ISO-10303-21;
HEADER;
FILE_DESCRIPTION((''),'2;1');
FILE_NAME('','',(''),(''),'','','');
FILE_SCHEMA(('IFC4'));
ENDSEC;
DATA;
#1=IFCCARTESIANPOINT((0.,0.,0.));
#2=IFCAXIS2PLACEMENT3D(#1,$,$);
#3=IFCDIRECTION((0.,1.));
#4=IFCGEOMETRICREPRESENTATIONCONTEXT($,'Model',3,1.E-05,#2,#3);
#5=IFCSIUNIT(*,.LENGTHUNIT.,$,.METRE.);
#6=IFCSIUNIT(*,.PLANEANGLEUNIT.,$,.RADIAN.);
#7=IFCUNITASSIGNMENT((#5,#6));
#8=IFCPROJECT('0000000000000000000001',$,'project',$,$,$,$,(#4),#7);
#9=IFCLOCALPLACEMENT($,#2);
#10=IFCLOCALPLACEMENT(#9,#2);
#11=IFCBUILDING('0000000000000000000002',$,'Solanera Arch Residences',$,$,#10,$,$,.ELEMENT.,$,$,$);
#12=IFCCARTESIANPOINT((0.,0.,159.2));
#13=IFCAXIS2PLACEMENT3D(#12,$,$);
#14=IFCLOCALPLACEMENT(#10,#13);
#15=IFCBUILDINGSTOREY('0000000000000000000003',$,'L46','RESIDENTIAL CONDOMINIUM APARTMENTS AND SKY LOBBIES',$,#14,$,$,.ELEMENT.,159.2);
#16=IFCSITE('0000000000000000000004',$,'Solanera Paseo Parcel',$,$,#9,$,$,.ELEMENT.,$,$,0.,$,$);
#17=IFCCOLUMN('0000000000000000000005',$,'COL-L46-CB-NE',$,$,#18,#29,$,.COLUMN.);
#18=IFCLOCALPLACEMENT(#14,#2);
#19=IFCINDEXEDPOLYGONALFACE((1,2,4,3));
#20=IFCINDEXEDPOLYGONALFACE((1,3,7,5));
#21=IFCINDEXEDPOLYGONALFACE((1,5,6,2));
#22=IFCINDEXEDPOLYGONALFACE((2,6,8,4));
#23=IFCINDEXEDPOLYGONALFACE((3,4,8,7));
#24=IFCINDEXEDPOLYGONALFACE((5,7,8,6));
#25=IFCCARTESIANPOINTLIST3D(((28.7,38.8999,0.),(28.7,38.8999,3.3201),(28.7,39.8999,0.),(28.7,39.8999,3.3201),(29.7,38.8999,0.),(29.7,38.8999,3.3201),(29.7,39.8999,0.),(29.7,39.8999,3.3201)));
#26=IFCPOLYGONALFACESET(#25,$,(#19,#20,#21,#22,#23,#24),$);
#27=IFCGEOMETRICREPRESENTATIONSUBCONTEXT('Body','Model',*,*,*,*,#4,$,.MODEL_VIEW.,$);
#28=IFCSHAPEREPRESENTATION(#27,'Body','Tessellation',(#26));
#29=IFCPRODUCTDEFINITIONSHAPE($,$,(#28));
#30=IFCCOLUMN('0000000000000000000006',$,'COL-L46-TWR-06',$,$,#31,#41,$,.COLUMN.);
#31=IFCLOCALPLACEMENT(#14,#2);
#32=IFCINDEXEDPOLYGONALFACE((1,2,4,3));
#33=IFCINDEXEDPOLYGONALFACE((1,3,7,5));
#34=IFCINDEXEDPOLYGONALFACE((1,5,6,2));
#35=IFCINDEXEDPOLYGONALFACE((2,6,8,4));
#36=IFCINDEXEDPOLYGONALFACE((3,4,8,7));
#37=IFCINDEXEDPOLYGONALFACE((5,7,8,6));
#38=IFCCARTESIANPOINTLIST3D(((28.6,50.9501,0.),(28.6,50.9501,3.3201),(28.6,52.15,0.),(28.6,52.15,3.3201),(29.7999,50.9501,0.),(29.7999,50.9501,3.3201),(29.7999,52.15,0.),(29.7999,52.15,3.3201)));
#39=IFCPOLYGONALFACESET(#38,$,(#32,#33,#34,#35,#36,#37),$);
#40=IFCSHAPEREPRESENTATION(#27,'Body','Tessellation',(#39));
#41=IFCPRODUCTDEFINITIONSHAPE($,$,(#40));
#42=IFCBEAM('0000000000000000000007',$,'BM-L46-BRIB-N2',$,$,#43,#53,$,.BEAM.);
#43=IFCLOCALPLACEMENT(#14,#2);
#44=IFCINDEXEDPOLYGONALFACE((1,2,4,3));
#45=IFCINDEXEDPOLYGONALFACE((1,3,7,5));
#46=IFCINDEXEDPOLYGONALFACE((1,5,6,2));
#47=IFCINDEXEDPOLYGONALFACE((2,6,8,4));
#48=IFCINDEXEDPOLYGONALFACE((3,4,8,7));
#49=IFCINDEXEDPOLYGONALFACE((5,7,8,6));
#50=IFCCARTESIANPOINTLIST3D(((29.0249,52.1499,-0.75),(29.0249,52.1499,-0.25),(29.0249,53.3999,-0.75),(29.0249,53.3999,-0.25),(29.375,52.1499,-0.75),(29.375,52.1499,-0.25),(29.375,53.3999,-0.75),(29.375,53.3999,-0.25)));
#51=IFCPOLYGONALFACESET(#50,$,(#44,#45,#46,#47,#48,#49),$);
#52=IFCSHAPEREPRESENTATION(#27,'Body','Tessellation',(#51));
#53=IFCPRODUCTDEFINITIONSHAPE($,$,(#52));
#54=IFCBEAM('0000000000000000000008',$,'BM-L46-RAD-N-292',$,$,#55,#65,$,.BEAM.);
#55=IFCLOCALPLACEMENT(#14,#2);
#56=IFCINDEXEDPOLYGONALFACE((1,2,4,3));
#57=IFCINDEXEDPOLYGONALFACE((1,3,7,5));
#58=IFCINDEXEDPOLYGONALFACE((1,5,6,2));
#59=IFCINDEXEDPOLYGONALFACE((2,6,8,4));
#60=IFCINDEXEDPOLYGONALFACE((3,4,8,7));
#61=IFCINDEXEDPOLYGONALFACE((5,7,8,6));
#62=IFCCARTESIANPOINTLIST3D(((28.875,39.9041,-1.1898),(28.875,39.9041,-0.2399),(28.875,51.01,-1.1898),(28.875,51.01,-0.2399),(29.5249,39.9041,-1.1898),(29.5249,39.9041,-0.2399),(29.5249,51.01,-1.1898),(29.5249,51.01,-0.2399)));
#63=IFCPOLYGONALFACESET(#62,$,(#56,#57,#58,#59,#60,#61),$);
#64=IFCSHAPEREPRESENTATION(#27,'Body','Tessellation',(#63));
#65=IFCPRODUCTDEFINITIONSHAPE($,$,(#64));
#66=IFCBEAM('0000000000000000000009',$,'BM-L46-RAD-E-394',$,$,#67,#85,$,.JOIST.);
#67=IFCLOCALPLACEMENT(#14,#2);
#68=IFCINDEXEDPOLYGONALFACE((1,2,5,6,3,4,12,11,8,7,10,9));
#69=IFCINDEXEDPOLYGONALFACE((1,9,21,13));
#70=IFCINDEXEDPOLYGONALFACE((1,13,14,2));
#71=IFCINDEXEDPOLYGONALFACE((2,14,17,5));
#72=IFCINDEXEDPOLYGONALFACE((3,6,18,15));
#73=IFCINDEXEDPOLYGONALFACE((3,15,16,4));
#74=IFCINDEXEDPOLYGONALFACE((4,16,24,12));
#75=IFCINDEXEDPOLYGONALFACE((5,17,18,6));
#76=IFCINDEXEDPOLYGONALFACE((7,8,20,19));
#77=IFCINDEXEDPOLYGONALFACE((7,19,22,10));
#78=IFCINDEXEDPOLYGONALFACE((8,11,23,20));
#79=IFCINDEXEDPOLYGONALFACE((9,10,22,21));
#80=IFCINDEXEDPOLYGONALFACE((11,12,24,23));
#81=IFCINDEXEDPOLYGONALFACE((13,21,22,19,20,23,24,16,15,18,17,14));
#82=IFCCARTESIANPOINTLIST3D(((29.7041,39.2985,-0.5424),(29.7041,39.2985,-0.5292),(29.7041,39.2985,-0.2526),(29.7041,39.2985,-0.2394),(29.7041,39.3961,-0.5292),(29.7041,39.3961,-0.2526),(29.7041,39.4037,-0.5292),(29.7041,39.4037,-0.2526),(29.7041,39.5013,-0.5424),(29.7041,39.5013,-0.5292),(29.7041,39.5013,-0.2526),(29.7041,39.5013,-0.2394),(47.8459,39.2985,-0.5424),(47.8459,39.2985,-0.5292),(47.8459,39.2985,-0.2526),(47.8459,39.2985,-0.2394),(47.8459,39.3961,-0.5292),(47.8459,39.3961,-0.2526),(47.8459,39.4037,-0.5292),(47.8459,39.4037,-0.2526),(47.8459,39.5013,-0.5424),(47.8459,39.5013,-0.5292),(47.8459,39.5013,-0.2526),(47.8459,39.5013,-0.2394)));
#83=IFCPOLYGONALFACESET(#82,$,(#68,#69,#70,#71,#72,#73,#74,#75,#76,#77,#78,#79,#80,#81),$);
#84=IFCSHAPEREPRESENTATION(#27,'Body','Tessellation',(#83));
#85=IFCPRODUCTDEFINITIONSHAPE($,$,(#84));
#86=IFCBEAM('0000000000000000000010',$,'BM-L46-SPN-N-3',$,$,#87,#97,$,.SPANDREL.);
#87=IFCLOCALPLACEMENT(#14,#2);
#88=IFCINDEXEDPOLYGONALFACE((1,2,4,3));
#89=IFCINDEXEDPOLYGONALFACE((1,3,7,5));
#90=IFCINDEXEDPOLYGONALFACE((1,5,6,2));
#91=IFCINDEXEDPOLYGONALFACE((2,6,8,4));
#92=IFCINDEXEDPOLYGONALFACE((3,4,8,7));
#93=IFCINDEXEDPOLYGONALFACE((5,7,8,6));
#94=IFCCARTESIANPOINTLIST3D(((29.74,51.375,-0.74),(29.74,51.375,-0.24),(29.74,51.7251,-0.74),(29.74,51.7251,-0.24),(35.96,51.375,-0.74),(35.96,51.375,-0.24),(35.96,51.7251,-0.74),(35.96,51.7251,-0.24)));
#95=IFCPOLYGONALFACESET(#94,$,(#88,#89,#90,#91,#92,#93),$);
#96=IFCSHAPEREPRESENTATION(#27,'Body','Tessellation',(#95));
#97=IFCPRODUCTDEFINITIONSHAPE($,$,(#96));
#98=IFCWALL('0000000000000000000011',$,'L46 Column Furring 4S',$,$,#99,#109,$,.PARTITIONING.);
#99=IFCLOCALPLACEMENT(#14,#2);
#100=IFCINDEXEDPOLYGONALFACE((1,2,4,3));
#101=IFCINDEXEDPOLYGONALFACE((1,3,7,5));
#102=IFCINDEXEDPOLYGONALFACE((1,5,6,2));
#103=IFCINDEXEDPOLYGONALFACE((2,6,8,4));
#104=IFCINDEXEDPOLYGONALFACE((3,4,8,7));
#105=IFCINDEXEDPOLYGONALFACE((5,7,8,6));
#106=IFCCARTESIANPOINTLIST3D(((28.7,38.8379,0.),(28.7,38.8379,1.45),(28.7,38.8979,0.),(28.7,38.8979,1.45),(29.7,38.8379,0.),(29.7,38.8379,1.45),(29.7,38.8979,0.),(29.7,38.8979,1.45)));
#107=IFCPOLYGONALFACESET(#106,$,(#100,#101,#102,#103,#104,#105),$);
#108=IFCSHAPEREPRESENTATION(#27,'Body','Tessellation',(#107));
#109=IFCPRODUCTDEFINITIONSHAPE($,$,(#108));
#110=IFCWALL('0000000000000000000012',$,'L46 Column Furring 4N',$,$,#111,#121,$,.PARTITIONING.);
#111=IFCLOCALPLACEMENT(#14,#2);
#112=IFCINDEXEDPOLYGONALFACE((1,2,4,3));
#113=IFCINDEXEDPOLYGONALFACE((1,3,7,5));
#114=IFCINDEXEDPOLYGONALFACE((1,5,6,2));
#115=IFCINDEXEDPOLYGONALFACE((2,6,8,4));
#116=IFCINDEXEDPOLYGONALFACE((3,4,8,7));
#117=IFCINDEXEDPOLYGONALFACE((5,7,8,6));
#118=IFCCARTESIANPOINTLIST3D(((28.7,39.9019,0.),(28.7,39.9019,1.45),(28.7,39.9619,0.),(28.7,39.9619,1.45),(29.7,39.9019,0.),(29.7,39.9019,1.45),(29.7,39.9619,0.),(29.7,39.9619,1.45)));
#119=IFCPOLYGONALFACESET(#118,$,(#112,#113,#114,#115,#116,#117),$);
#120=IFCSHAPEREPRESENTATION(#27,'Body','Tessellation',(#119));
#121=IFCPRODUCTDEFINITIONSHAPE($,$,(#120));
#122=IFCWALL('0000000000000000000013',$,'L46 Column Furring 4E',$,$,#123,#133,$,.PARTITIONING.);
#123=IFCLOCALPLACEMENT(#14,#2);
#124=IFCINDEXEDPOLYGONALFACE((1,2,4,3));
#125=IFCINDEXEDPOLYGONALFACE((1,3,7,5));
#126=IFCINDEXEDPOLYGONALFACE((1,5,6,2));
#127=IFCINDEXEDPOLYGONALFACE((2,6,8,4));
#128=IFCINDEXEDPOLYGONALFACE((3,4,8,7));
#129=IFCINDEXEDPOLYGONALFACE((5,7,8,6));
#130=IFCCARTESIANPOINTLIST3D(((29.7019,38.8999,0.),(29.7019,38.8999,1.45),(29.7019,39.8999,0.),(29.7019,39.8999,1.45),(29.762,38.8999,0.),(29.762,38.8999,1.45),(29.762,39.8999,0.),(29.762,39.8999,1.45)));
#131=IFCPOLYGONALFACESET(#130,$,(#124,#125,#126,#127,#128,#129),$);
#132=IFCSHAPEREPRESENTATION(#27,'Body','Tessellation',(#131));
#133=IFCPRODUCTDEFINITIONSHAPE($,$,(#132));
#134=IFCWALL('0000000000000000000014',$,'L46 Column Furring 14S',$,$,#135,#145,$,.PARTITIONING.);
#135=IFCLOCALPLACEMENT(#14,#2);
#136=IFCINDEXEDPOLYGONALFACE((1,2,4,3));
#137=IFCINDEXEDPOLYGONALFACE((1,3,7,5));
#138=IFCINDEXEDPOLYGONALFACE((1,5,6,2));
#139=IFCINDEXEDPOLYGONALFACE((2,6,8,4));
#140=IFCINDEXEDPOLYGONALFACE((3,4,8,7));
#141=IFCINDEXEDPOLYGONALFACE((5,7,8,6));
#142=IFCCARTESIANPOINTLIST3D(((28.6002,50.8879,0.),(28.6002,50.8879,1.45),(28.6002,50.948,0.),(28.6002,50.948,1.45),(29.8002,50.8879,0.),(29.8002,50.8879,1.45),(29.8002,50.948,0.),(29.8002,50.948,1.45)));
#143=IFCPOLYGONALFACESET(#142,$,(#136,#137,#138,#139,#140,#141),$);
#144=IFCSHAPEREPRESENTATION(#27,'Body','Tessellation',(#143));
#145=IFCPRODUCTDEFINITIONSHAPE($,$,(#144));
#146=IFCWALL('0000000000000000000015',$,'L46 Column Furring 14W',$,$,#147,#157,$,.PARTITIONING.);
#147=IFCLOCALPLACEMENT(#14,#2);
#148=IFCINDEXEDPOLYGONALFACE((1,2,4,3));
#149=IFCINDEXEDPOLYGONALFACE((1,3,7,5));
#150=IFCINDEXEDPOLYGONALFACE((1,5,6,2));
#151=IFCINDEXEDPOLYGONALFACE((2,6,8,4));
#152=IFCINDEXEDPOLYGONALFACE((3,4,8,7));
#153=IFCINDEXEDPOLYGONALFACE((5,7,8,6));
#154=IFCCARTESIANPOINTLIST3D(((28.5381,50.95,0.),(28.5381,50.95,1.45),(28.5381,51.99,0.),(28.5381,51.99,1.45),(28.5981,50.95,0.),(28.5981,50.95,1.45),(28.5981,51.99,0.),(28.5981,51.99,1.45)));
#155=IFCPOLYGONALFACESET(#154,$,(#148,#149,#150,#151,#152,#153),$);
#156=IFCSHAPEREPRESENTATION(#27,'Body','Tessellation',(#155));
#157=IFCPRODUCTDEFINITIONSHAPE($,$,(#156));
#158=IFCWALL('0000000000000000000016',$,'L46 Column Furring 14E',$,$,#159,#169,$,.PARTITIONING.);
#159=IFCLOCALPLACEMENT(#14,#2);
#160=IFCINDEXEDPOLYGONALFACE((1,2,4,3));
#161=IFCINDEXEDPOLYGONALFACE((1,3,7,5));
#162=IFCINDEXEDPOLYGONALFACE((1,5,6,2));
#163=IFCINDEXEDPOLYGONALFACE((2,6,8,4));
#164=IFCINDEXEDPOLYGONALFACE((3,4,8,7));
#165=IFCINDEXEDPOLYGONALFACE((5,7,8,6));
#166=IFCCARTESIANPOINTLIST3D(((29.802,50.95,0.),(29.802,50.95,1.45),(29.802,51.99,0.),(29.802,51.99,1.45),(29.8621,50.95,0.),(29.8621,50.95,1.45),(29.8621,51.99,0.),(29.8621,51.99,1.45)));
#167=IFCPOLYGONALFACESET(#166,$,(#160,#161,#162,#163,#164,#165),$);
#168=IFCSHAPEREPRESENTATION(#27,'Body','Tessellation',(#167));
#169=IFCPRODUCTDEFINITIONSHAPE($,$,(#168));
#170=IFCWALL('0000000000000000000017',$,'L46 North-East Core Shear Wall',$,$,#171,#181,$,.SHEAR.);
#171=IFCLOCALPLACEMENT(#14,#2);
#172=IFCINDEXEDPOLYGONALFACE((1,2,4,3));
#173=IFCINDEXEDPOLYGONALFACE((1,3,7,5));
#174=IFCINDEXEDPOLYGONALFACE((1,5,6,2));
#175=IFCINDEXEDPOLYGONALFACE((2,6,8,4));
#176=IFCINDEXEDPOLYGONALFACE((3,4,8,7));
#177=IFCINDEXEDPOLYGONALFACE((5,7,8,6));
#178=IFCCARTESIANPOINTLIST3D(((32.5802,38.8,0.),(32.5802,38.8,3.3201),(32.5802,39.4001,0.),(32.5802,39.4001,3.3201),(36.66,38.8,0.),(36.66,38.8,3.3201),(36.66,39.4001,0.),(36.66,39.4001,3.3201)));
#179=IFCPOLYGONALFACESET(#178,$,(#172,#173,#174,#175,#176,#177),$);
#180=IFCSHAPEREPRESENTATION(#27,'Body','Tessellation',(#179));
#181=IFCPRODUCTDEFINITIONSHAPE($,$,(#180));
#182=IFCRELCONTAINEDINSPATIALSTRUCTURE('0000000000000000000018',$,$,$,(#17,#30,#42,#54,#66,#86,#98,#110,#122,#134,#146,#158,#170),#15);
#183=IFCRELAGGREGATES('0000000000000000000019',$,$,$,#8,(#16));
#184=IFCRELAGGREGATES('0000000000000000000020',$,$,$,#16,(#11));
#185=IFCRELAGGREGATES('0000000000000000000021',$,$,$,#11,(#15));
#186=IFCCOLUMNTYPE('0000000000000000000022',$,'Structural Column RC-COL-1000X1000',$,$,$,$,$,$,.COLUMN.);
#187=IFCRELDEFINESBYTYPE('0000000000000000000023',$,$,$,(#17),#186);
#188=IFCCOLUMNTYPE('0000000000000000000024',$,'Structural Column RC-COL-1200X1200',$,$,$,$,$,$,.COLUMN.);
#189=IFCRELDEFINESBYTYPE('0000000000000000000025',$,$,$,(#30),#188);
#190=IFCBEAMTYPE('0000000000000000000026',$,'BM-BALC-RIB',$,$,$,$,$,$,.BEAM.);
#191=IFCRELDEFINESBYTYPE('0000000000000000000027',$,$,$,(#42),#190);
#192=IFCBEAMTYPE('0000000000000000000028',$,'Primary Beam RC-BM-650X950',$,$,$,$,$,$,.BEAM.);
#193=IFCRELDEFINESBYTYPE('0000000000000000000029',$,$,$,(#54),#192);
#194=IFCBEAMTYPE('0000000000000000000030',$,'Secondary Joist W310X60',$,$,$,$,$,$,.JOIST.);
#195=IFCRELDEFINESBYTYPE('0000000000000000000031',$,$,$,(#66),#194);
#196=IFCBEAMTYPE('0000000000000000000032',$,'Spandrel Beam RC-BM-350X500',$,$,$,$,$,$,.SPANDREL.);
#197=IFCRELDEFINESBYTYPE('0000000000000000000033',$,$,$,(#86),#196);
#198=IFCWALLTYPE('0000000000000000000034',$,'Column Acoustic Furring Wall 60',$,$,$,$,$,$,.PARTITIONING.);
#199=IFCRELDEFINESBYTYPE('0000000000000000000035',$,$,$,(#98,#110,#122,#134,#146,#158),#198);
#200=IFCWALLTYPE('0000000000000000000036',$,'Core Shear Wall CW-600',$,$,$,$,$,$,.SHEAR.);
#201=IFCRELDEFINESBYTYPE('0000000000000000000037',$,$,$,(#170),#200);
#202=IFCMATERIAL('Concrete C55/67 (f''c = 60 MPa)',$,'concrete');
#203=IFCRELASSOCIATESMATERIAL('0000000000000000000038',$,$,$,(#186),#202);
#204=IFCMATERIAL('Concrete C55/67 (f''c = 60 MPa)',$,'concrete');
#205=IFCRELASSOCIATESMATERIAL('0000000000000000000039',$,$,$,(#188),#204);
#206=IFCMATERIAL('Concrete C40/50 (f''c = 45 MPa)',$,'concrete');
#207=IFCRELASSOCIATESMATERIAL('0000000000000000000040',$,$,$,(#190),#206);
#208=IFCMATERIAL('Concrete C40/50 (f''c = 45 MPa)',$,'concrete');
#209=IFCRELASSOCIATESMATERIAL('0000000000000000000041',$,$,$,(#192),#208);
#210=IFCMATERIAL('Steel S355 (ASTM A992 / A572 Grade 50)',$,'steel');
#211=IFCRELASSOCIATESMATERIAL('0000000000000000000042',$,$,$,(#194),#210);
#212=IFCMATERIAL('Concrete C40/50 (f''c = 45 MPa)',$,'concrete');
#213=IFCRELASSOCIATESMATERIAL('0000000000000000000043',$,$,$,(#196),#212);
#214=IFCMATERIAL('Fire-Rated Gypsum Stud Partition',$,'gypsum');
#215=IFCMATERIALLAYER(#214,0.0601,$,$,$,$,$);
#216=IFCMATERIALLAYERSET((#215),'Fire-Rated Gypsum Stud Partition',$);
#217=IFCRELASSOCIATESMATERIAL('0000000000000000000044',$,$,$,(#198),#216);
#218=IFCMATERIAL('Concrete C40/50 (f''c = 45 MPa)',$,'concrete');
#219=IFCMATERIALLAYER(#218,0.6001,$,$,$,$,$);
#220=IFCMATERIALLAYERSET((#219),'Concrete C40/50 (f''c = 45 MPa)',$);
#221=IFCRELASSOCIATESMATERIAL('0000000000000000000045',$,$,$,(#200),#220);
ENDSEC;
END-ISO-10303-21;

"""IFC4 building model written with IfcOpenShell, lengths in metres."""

from ifc_helpers import new_model, si_unit, direction, frame, frame_2d, origin, origin_2d, place, context, subcontext, project, spatial, rectangle, i_section, extrude, material, layer, layer_set, material_profile, profile_set, type_object, element, save


model = new_model("IFC4")

# Units and contexts
model_context = context("Model", 3, precision=1e-05, world=origin(), true_north=direction((0.0, 1.0)))
body_context = subcontext(model_context, "Body", "Model", "MODEL_VIEW")
ifc_project = project(units=[si_unit("LENGTHUNIT", "METRE"), si_unit("PLANEANGLEUNIT", "RADIAN")], contexts=[model_context])

# Site, building, storey
site_placement = place(None, origin())
site = spatial("IfcSite", under=ifc_project, at=site_placement, Name="Solanera Paseo Parcel", CompositionType="ELEMENT", RefElevation=0.0)
building_placement = place(site_placement, origin())
building = spatial("IfcBuilding", under=site, at=building_placement, Name="Solanera Arch Residences", CompositionType="ELEMENT")
storey_placement = place(building_placement, frame((0.0, 0.0, 159.2)))
storey = spatial("IfcBuildingStorey", under=building, at=storey_placement, Name="L46", Description="RESIDENTIAL CONDOMINIUM APARTMENTS AND SKY LOBBIES", CompositionType="ELEMENT", Elevation=159.2)

# Columns
ifc_material_1 = material(Name="Concrete C55/67 (f'c = 60 MPa)", Category="concrete")
ifc_material_profile_1 = material_profile(ifc_material_1, rectangle(XDim=1.0, YDim=1.0, at=origin_2d()))
ifc_profile_set_1 = profile_set([ifc_material_profile_1], Name="Concrete C55/67 (f'c = 60 MPa)")
column_type_1 = type_object("IfcColumnType", Name="Structural Column RC-COL-1000X1000", PredefinedType="COLUMN", material=ifc_profile_set_1)
column_1_placement = place(storey_placement, frame((29.2, 39.3999, 0.0), z_axis=(0.0, 0.0, 1.0), x_axis=(1.0, 0.0, 0.0)))
element("IfcColumn", 1, at=column_1_placement, inside=storey, type_object=column_type_1, Name="COL-L46-CB-NE", PredefinedType="COLUMN", context=body_context, shape_type="SweptSolid", body=[
    extrude(rectangle(XDim=1.0, YDim=1.0, at=origin_2d()), origin(), (0.0, 0.0, 1.0), 3.3201),
])
ifc_material_2 = material(Name="Concrete C55/67 (f'c = 60 MPa)", Category="concrete")
ifc_material_profile_2 = material_profile(ifc_material_2, rectangle(XDim=1.2, YDim=1.2, at=origin_2d()))
ifc_profile_set_2 = profile_set([ifc_material_profile_2], Name="Concrete C55/67 (f'c = 60 MPa)")
column_type_2 = type_object("IfcColumnType", Name="Structural Column RC-COL-1200X1200", PredefinedType="COLUMN", material=ifc_profile_set_2)
column_2_placement = place(storey_placement, frame((29.2, 51.55, 0.0), z_axis=(0.0, 0.0, 1.0), x_axis=(1.0, 0.0, 0.0)))
element("IfcColumn", 2, at=column_2_placement, inside=storey, type_object=column_type_2, Name="COL-L46-TWR-06", PredefinedType="COLUMN", context=body_context, shape_type="SweptSolid", body=[
    extrude(rectangle(XDim=1.2, YDim=1.2, at=origin_2d()), origin(), (0.0, 0.0, 1.0), 3.3201),
])

# Beams
ifc_material_3 = material(Name="Concrete C40/50 (f'c = 45 MPa)", Category="concrete")
ifc_material_profile_3 = material_profile(ifc_material_3, rectangle(XDim=0.3501, YDim=0.5, at=origin_2d()))
ifc_profile_set_3 = profile_set([ifc_material_profile_3], Name="Concrete C40/50 (f'c = 45 MPa)")
beam_type_1 = type_object("IfcBeamType", Name="BM-BALC-RIB", PredefinedType="BEAM", material=ifc_profile_set_3)
beam_1_placement = place(storey_placement, frame((29.2, 52.1499, -0.5), z_axis=(0.0, 1.0, 0.0), x_axis=(-1.0, 0.0, 0.0)))
element("IfcBeam", 3, at=beam_1_placement, inside=storey, type_object=beam_type_1, Name="BM-L46-BRIB-N2", PredefinedType="BEAM", context=body_context, shape_type="SweptSolid", body=[
    extrude(rectangle(XDim=0.3501, YDim=0.5, at=origin_2d()), origin(), (0.0, 0.0, 1.0), 1.25),
])
ifc_material_4 = material(Name="Concrete C40/50 (f'c = 45 MPa)", Category="concrete")
ifc_material_profile_4 = material_profile(ifc_material_4, rectangle(XDim=0.6499, YDim=0.95, at=origin_2d()))
ifc_profile_set_4 = profile_set([ifc_material_profile_4], Name="Concrete C40/50 (f'c = 45 MPa)")
beam_type_2 = type_object("IfcBeamType", Name="Primary Beam RC-BM-650X950", PredefinedType="BEAM", material=ifc_profile_set_4)
beam_2_placement = place(storey_placement, frame((29.2, 39.9041, -0.7148), z_axis=(0.0, 1.0, 0.0), x_axis=(-1.0, 0.0, 0.0)))
element("IfcBeam", 4, at=beam_2_placement, inside=storey, type_object=beam_type_2, Name="BM-L46-RAD-N-292", PredefinedType="BEAM", context=body_context, shape_type="SweptSolid", body=[
    extrude(rectangle(XDim=0.6499, YDim=0.95, at=origin_2d()), origin(), (0.0, 0.0, 1.0), 11.106),
])
ifc_material_5 = material(Name="Steel S355 (ASTM A992 / A572 Grade 50)", Category="steel")
ifc_material_profile_5 = material_profile(ifc_material_5, i_section(OverallWidth=0.2029, OverallDepth=0.303, WebThickness=0.0076, FlangeThickness=0.0132, at=origin_2d()))
ifc_profile_set_5 = profile_set([ifc_material_profile_5], Name="Steel S355 (ASTM A992 / A572 Grade 50)")
beam_type_3 = type_object("IfcBeamType", Name="Secondary Joist W310X60", PredefinedType="JOIST", material=ifc_profile_set_5)
beam_3_placement = place(storey_placement, frame((29.7041, 39.3999, -0.3909), z_axis=(1.0, 0.0, 0.0), x_axis=(0.0, 1.0, 0.0)))
element("IfcBeam", 5, at=beam_3_placement, inside=storey, type_object=beam_type_3, Name="BM-L46-RAD-E-394", PredefinedType="JOIST", context=body_context, shape_type="SweptSolid", body=[
    extrude(i_section(OverallWidth=0.2029, OverallDepth=0.303, WebThickness=0.0076, FlangeThickness=0.0132, at=origin_2d()), origin(), (0.0, 0.0, 1.0), 18.1418),
])
ifc_material_6 = material(Name="Concrete C40/50 (f'c = 45 MPa)", Category="concrete")
ifc_material_profile_6 = material_profile(ifc_material_6, rectangle(XDim=0.3501, YDim=0.5, at=origin_2d()))
ifc_profile_set_6 = profile_set([ifc_material_profile_6], Name="Concrete C40/50 (f'c = 45 MPa)")
beam_type_4 = type_object("IfcBeamType", Name="Spandrel Beam RC-BM-350X500", PredefinedType="SPANDREL", material=ifc_profile_set_6)
beam_4_placement = place(storey_placement, frame((29.74, 51.55, -0.49), z_axis=(1.0, 0.0, 0.0), x_axis=(0.0, 1.0, 0.0)))
element("IfcBeam", 6, at=beam_4_placement, inside=storey, type_object=beam_type_4, Name="BM-L46-SPN-N-3", PredefinedType="SPANDREL", context=body_context, shape_type="SweptSolid", body=[
    extrude(rectangle(XDim=0.3501, YDim=0.5, at=origin_2d()), origin(), (0.0, 0.0, 1.0), 6.22),
])

# Walls
ifc_material_7 = material(Name="Fire-Rated Gypsum Stud Partition", Category="gypsum")
ifc_layer_1 = layer(ifc_material_7, 0.0601)
ifc_layer_set_1 = layer_set([ifc_layer_1], Name="Fire-Rated Gypsum Stud Partition")
wall_type_1 = type_object("IfcWallType", Name="Column Acoustic Furring Wall 60", PredefinedType="PARTITIONING", material=ifc_layer_set_1)
for number, where, z_axis, x_axis, name in (
    (7, (28.7, 38.8679, 0.0), (0.0, 0.0, 1.0), (1.0, 0.0, 0.0), "L46 Column Furring 4S"),
    (8, (28.7, 39.9319, 0.0), (0.0, 0.0, 1.0), (1.0, 0.0, 0.0), "L46 Column Furring 4N"),
    (9, (29.7319, 38.8999, 0.0), (0.0, 0.0, 1.0), (0.0, 1.0, 0.0), "L46 Column Furring 4E"),
):
    element("IfcWall", number, at=place(storey_placement, frame(where, z_axis=z_axis, x_axis=x_axis)), inside=storey, type_object=wall_type_1, Name=name, PredefinedType="PARTITIONING", context=body_context, shape_type="SweptSolid", body=[
        extrude(rectangle(XDim=1.0, YDim=0.0601, at=frame_2d((0.5, 0.0))), origin(), (0.0, 0.0, 1.0), 1.45),
    ])
wall_1_placement = place(storey_placement, frame((28.6001, 50.918, 0.0), z_axis=(0.0, 0.0, 1.0), x_axis=(1.0, 0.0, 0.0)))
element("IfcWall", 10, at=wall_1_placement, inside=storey, type_object=wall_type_1, Name="L46 Column Furring 14S", PredefinedType="PARTITIONING", context=body_context, shape_type="SweptSolid", body=[
    extrude(rectangle(XDim=1.2, YDim=0.0601, at=frame_2d((0.6001, 0.0))), origin(), (0.0, 0.0, 1.0), 1.45),
])
for number, where, z_axis, x_axis, name in (
    (11, (28.5681, 50.95, 0.0), (0.0, 0.0, 1.0), (0.0, 1.0, 0.0), "L46 Column Furring 14W"),
    (12, (29.832, 50.95, 0.0), (0.0, 0.0, 1.0), (0.0, 1.0, 0.0), "L46 Column Furring 14E"),
):
    element("IfcWall", number, at=place(storey_placement, frame(where, z_axis=z_axis, x_axis=x_axis)), inside=storey, type_object=wall_type_1, Name=name, PredefinedType="PARTITIONING", context=body_context, shape_type="SweptSolid", body=[
        extrude(rectangle(XDim=1.04, YDim=0.0601, at=frame_2d((0.52, 0.0))), origin(), (0.0, 0.0, 1.0), 1.45),
    ])
ifc_material_8 = material(Name="Concrete C40/50 (f'c = 45 MPa)", Category="concrete")
ifc_layer_2 = layer(ifc_material_8, 0.6001)
ifc_layer_set_2 = layer_set([ifc_layer_2], Name="Concrete C40/50 (f'c = 45 MPa)")
wall_type_2 = type_object("IfcWallType", Name="Core Shear Wall CW-600", PredefinedType="SHEAR", material=ifc_layer_set_2)
wall_2_placement = place(storey_placement, frame((32.5801, 39.1001, 0.0), z_axis=(0.0, 0.0, 1.0), x_axis=(1.0, 0.0, 0.0)))
element("IfcWall", 13, at=wall_2_placement, inside=storey, type_object=wall_type_2, Name="L46 North-East Core Shear Wall", PredefinedType="SHEAR", context=body_context, shape_type="SweptSolid", body=[
    extrude(rectangle(XDim=4.0798, YDim=0.6001, at=frame_2d((2.04, 0.0))), origin(), (0.0, 0.0, 1.0), 3.3201),
])

save(model, "model.ifc")
